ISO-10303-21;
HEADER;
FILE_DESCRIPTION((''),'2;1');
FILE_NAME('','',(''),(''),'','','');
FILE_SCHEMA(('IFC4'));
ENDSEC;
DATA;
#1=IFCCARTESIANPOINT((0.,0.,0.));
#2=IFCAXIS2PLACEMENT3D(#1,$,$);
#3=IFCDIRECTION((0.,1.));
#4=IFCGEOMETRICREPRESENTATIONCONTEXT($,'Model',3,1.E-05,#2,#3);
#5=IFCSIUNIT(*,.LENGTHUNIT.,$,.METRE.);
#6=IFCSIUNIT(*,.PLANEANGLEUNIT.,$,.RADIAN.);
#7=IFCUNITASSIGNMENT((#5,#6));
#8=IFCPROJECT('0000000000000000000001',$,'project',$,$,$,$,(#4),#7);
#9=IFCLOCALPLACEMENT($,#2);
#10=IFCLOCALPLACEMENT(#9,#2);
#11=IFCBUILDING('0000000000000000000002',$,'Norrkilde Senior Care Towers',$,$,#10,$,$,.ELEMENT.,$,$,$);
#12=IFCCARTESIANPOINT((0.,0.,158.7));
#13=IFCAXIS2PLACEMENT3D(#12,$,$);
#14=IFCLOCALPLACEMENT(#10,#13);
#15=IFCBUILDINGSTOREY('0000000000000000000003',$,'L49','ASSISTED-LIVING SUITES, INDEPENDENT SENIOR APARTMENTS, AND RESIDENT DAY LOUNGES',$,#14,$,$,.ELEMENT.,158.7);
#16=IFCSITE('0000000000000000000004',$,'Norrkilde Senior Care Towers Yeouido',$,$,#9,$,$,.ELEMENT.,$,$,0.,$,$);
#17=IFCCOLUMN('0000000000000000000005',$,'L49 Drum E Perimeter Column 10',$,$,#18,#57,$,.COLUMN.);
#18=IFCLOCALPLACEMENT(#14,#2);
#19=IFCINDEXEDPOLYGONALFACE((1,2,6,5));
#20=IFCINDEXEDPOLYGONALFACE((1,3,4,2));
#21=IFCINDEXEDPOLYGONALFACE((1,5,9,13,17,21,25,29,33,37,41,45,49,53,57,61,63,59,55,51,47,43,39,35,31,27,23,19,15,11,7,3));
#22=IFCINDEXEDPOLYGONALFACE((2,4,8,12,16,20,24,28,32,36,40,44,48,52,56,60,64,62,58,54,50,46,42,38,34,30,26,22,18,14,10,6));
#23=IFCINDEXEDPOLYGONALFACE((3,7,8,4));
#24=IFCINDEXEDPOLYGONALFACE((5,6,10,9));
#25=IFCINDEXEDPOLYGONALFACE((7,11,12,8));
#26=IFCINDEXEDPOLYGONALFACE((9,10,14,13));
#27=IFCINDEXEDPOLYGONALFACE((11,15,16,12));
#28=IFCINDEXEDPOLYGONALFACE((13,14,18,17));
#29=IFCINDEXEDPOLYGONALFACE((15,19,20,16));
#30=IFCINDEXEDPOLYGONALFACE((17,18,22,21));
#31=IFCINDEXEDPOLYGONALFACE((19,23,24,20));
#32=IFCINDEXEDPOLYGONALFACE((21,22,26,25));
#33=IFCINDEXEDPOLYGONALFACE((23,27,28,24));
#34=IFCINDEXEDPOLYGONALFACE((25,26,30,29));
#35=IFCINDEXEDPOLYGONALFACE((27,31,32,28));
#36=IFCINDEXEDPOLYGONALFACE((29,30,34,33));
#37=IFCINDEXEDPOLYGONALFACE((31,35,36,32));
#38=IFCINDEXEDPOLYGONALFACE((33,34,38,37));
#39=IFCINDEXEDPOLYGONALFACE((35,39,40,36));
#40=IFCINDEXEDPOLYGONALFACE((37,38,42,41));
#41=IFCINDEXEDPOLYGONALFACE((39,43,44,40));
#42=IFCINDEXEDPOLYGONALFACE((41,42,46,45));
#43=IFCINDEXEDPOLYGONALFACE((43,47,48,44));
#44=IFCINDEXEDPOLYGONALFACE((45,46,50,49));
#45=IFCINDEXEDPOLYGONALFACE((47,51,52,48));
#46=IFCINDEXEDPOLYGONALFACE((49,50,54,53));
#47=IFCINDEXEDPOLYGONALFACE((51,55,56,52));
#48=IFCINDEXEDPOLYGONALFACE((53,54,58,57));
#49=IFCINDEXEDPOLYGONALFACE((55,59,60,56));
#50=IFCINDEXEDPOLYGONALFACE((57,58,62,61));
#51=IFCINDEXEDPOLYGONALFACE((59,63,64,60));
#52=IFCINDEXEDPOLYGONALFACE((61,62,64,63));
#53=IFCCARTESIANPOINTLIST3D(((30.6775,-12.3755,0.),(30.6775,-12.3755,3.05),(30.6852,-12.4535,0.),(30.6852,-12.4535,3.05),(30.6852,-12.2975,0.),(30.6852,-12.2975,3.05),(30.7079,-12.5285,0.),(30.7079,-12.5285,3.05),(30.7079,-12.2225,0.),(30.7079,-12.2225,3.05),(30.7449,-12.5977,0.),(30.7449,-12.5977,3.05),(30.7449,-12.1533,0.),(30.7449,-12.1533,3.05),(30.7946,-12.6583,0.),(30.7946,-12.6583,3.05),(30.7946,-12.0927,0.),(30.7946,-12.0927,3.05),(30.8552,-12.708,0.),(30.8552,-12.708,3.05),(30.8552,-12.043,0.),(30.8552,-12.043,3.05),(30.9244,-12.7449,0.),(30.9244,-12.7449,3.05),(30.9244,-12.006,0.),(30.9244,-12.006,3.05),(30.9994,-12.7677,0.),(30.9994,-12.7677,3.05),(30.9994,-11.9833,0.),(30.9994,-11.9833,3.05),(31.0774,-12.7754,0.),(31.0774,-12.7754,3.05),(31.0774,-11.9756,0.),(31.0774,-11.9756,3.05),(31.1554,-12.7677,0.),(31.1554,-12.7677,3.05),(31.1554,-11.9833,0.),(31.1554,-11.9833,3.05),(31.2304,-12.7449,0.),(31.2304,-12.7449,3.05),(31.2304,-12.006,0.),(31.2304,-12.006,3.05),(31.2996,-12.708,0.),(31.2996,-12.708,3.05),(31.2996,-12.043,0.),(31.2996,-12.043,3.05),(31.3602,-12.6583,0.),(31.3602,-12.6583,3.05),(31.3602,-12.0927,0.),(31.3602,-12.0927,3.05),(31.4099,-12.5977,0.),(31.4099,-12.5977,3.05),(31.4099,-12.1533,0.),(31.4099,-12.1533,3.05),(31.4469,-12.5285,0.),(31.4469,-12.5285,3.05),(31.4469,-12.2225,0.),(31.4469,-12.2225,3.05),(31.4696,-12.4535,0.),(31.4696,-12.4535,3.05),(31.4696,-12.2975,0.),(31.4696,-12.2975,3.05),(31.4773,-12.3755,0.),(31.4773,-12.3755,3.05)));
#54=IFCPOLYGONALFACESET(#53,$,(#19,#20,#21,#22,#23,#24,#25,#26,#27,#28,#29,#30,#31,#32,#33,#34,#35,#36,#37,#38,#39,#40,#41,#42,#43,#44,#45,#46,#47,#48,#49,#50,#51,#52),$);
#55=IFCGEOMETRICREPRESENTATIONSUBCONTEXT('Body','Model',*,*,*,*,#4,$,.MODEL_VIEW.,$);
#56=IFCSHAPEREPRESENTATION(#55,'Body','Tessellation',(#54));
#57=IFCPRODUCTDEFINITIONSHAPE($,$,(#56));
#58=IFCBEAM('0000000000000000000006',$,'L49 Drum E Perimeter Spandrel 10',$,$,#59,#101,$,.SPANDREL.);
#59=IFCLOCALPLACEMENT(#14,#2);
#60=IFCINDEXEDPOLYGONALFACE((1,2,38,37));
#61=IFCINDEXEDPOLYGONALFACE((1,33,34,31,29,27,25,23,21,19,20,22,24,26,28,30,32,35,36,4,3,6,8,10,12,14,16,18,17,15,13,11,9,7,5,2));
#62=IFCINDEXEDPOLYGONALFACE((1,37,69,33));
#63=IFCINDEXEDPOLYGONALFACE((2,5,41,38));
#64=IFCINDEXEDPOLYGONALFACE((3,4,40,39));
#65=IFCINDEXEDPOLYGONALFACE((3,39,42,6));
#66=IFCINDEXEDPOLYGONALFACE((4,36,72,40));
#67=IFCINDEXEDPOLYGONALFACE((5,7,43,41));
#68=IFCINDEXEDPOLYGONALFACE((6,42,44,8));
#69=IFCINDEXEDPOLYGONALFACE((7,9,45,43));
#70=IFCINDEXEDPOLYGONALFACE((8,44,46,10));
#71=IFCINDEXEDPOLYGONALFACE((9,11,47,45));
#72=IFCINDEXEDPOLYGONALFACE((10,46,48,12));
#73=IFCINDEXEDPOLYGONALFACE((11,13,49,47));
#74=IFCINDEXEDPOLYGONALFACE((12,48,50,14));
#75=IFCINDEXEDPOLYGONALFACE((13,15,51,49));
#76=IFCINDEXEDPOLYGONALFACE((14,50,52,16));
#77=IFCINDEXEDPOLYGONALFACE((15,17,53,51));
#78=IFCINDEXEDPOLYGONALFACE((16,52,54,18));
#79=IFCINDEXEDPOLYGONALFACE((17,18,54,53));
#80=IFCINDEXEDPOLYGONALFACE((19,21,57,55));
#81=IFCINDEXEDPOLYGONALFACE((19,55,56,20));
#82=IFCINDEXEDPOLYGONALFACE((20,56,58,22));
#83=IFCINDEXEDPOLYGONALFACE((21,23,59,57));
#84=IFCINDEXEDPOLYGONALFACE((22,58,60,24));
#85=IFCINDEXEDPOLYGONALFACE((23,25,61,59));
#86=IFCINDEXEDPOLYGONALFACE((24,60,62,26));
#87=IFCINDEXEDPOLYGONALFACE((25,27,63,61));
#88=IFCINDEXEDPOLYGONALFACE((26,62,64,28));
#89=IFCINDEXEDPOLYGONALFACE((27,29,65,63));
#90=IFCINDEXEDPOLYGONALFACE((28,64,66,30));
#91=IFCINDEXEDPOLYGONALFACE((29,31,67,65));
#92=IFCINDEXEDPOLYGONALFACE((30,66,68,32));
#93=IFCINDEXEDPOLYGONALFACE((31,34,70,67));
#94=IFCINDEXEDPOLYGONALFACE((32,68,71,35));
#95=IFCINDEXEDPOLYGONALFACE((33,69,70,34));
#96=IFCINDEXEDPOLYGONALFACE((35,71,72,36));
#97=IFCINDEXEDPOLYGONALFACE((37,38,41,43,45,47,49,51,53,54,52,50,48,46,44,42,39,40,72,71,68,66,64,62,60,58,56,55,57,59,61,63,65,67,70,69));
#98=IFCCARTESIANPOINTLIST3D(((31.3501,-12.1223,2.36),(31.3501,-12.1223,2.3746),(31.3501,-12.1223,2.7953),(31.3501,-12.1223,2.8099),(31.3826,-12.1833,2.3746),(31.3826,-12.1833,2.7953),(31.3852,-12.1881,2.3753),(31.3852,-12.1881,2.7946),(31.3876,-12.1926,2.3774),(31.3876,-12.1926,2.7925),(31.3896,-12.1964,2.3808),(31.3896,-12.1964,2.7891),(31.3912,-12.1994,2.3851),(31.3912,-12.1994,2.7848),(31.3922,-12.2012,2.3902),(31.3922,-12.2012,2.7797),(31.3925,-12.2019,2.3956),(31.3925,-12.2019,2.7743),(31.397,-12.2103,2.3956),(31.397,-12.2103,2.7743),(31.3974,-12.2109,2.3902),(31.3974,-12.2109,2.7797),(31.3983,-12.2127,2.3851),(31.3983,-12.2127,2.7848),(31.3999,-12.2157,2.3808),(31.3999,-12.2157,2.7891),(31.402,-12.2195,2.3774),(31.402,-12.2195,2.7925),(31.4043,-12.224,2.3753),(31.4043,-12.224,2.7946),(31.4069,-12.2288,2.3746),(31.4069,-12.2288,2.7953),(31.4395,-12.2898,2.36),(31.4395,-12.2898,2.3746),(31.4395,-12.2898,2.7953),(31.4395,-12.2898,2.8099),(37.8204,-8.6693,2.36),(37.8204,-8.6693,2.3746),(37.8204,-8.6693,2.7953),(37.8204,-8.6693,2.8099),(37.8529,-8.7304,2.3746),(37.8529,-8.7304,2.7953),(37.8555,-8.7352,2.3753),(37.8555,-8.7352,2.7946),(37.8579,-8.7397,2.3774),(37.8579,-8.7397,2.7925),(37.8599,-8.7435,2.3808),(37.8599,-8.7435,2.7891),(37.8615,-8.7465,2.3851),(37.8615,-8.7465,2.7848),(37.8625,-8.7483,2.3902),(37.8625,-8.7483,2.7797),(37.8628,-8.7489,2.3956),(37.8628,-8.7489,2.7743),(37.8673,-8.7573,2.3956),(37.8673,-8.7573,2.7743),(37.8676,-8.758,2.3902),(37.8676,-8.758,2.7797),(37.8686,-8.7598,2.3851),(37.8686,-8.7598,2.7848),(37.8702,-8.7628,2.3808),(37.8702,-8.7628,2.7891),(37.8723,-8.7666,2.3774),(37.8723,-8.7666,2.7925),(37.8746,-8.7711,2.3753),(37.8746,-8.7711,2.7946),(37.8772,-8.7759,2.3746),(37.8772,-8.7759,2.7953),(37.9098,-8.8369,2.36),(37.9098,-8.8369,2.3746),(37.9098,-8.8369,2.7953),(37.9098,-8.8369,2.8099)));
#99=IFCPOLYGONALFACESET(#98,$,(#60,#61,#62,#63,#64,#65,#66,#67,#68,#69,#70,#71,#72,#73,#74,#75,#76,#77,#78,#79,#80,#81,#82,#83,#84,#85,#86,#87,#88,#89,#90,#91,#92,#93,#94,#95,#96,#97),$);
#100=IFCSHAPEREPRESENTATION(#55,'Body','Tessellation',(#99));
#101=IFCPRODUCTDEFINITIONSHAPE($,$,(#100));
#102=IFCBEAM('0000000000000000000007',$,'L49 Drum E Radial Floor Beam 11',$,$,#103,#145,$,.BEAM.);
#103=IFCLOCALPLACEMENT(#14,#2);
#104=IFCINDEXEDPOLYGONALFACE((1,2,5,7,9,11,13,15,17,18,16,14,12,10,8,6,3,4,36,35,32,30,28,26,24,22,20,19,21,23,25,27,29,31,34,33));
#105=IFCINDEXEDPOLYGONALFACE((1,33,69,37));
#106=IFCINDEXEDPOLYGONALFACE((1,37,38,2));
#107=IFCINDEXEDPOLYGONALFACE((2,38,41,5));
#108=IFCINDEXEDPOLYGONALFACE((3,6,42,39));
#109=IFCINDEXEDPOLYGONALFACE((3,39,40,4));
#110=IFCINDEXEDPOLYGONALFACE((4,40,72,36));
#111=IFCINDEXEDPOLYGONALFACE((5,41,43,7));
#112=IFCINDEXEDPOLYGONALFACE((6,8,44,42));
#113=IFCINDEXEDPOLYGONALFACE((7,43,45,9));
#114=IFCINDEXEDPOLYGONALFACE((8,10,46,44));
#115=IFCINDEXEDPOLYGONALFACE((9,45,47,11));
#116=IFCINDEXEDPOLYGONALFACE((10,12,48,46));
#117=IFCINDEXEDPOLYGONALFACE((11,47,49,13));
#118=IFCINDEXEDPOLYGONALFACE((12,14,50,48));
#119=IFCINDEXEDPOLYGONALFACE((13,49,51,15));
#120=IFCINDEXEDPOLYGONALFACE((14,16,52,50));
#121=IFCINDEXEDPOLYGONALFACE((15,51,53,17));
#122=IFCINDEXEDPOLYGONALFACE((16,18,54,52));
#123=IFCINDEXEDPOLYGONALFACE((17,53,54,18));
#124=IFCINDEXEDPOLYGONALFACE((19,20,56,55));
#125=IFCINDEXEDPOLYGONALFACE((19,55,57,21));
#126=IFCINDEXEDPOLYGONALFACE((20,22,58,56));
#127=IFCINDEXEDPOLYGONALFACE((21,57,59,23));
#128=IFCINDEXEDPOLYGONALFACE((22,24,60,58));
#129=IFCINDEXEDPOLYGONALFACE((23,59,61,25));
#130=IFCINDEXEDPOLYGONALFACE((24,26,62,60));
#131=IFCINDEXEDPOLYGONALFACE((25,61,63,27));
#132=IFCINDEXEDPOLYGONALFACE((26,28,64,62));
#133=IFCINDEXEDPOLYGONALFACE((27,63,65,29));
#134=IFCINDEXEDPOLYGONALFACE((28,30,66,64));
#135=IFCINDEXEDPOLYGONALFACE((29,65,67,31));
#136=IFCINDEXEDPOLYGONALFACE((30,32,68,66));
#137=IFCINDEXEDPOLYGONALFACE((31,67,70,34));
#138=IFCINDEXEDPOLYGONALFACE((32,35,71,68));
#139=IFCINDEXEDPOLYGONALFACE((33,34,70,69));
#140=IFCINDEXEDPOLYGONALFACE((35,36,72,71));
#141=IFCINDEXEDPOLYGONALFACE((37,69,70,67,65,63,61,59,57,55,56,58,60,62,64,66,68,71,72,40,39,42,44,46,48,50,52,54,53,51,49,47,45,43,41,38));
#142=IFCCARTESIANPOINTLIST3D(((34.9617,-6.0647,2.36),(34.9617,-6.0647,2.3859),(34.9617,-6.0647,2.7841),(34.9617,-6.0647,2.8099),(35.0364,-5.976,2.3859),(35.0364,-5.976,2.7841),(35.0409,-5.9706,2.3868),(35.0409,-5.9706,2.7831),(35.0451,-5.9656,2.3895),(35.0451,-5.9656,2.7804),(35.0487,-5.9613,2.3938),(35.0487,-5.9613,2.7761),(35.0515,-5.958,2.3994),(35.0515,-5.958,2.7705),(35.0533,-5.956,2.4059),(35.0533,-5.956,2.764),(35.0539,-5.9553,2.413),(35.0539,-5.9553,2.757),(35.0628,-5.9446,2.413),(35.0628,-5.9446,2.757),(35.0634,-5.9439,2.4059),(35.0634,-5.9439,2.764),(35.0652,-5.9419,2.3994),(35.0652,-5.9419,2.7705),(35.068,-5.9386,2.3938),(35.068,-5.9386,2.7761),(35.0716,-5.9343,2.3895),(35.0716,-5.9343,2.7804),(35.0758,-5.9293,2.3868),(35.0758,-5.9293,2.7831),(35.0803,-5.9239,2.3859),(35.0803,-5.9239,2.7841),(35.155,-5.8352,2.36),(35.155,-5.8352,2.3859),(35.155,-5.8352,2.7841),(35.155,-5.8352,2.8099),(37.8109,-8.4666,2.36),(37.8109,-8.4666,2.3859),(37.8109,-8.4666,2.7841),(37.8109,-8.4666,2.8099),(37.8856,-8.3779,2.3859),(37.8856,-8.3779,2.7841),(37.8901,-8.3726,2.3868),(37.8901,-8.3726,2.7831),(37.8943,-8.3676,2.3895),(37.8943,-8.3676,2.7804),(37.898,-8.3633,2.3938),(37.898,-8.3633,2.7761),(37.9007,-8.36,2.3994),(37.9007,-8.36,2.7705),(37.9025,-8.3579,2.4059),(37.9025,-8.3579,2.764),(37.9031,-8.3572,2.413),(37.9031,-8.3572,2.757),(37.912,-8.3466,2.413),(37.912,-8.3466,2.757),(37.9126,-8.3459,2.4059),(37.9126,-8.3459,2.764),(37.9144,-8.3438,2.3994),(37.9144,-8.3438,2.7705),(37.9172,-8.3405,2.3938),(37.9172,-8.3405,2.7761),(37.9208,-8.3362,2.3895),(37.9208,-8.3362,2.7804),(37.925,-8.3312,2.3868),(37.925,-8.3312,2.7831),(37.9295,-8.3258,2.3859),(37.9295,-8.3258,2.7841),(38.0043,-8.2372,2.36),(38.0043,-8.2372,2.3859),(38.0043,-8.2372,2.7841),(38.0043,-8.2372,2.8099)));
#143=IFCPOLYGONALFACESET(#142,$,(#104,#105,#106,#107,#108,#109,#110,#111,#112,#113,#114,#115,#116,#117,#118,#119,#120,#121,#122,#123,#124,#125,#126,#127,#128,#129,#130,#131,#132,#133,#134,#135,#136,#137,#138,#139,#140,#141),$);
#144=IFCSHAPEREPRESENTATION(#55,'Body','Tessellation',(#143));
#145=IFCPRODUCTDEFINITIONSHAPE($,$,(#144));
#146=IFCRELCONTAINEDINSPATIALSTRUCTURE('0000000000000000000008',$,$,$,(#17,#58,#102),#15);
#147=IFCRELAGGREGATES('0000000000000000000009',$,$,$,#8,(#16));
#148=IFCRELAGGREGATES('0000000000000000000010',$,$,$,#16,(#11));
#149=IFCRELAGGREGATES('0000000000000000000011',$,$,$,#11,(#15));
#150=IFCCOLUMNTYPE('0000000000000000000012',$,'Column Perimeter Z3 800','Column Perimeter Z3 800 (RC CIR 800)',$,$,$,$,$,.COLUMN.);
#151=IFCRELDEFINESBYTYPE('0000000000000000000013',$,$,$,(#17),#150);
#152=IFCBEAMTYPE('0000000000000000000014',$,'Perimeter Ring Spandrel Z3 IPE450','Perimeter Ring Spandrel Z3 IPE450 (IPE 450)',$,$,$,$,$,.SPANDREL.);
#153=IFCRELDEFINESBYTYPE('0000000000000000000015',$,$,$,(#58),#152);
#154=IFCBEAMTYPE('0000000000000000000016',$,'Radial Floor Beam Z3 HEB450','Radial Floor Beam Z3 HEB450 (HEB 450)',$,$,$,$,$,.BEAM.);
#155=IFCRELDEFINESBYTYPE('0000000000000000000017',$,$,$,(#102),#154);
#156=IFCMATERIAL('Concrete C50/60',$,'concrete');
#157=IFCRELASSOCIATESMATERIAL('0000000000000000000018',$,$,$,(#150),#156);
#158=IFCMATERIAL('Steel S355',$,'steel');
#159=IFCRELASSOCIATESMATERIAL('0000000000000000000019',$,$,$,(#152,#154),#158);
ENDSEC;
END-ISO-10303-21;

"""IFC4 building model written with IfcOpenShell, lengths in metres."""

from ifc_helpers import new_model, si_unit, direction, frame, origin, origin_2d, place, context, subcontext, project, spatial, circle, i_section, extrude, source, transform, mapped, material, material_profile, profile_set, type_object, type_shapes, element, save


model = new_model("IFC4")

# Units and contexts
model_context = context("Model", 3, precision=1e-05, world=origin(), true_north=direction((0.0, 1.0)))
body_context = subcontext(model_context, "Body", "Model", "MODEL_VIEW")
ifc_project = project(units=[si_unit("LENGTHUNIT", "METRE"), si_unit("PLANEANGLEUNIT", "RADIAN")], contexts=[model_context])

# Site, building, storey
site_placement = place(None, origin())
site = spatial("IfcSite", under=ifc_project, at=site_placement, Name="Norrkilde Senior Care Towers Yeouido", CompositionType="ELEMENT", RefElevation=0.0)
building_placement = place(site_placement, origin())
building = spatial("IfcBuilding", under=site, at=building_placement, Name="Norrkilde Senior Care Towers", CompositionType="ELEMENT")
storey_placement = place(building_placement, frame((0.0, 0.0, 158.7)))
storey = spatial("IfcBuildingStorey", under=building, at=storey_placement, Name="L49", Description="ASSISTED-LIVING SUITES, INDEPENDENT SENIOR APARTMENTS, AND RESIDENT DAY LOUNGES", CompositionType="ELEMENT", Elevation=158.7)

# Column
ifc_material_1 = material(Name="Concrete C50/60", Category="concrete")
ifc_material_profile_1 = material_profile(ifc_material_1, circle(Radius=0.3999, at=origin_2d()), Name="RC CIR 800")
ifc_profile_set_1 = profile_set([ifc_material_profile_1], Name="Concrete C50/60")
column_type = type_object("IfcColumnType", Name="Column Perimeter Z3 800", Description="Column Perimeter Z3 800 (RC CIR 800)", PredefinedType="COLUMN", material=ifc_profile_set_1)
shared_shape_1 = source(origin(), body_context, "Body", "SweptSolid", [
    extrude(circle(Radius=0.3999, at=origin_2d()), origin(), (0.0, 0.0, 1.0), 3.05),
])
type_shapes(column_type, [shared_shape_1])
column_placement = place(storey_placement, frame((31.0774, -12.3755, 0.0), z_axis=(0.0, 0.0, 1.0), x_axis=(1.0, 0.0, 0.0)))
element("IfcColumn", 1, at=column_placement, inside=storey, type_object=column_type, Name="L49 Drum E Perimeter Column 10", PredefinedType="COLUMN", context=body_context, shape_type="MappedRepresentation", body=[
    mapped(shared_shape_1, transform((0.0, 0.0, 0.0), x_axis=(1.0, 0.0, 0.0), y_axis=(0.0, 1.0, 0.0), z_axis=(0.0, 0.0, 1.0), scale=1.0)),
])

# Beams
ifc_material_2 = material(Name="Steel S355", Category="steel")
ifc_material_profile_2 = material_profile(ifc_material_2, i_section(OverallWidth=0.1899, OverallDepth=0.45, WebThickness=0.0095, FlangeThickness=0.0146, FilletRadius=0.021, at=origin_2d()), Name="IPE 450")
ifc_profile_set_2 = profile_set([ifc_material_profile_2], Name="Steel S355")
beam_type_1 = type_object("IfcBeamType", Name="Perimeter Ring Spandrel Z3 IPE450", Description="Perimeter Ring Spandrel Z3 IPE450 (IPE 450)", PredefinedType="SPANDREL", material=ifc_profile_set_2)
shared_shape_2 = source(origin(), body_context, "Body", "SweptSolid", [
    extrude(i_section(OverallWidth=0.1899, OverallDepth=0.45, WebThickness=0.0095, FlangeThickness=0.0146, FilletRadius=0.021, at=origin_2d()), origin(), (0.0, 0.0, 1.0), 7.334),
])
type_shapes(beam_type_1, [shared_shape_2])
beam_1_placement = place(storey_placement, frame((31.3948, -12.2061, 2.585), z_axis=(0.882234, 0.470811, 0.0), x_axis=(-0.470811, 0.882234, 0.0)))
element("IfcBeam", 2, at=beam_1_placement, inside=storey, type_object=beam_type_1, Name="L49 Drum E Perimeter Spandrel 10", PredefinedType="SPANDREL", context=body_context, shape_type="MappedRepresentation", body=[
    mapped(shared_shape_2, transform((0.0, 0.0, 0.0), x_axis=(1.0, 0.0, 0.0), y_axis=(0.0, 1.0, 0.0), z_axis=(0.0, 0.0, 1.0), scale=1.0)),
])
ifc_material_profile_3 = material_profile(ifc_material_2, i_section(OverallWidth=0.3, OverallDepth=0.45, WebThickness=0.0139, FlangeThickness=0.0259, FilletRadius=0.0271, at=origin_2d()), Name="HEB 450")
ifc_profile_set_3 = profile_set([ifc_material_profile_3], Name="Steel S355")
beam_type_2 = type_object("IfcBeamType", Name="Radial Floor Beam Z3 HEB450", Description="Radial Floor Beam Z3 HEB450 (HEB 450)", PredefinedType="BEAM", material=ifc_profile_set_3)
shared_shape_3 = source(origin(), body_context, "Body", "SweptSolid", [
    extrude(i_section(OverallWidth=0.3, OverallDepth=0.45, WebThickness=0.0139, FlangeThickness=0.0259, FilletRadius=0.0271, at=origin_2d()), origin(), (0.0, 0.0, 1.0), 3.7266),
])
beam_2_placement = place(storey_placement, frame((35.0583, -5.95, 2.585), z_axis=(0.764568, -0.644543, 0.0), x_axis=(0.644543, 0.764568, 0.0)))
element("IfcBeam", 3, at=beam_2_placement, inside=storey, type_object=beam_type_2, Name="L49 Drum E Radial Floor Beam 11", PredefinedType="BEAM", context=body_context, shape_type="MappedRepresentation", body=[
    mapped(shared_shape_3, transform((0.0, 0.0, 0.0), x_axis=(1.0, 0.0, 0.0), y_axis=(0.0, 1.0, 0.0), z_axis=(0.0, 0.0, 1.0), scale=1.0)),
])

save(model, "model.ifc")
